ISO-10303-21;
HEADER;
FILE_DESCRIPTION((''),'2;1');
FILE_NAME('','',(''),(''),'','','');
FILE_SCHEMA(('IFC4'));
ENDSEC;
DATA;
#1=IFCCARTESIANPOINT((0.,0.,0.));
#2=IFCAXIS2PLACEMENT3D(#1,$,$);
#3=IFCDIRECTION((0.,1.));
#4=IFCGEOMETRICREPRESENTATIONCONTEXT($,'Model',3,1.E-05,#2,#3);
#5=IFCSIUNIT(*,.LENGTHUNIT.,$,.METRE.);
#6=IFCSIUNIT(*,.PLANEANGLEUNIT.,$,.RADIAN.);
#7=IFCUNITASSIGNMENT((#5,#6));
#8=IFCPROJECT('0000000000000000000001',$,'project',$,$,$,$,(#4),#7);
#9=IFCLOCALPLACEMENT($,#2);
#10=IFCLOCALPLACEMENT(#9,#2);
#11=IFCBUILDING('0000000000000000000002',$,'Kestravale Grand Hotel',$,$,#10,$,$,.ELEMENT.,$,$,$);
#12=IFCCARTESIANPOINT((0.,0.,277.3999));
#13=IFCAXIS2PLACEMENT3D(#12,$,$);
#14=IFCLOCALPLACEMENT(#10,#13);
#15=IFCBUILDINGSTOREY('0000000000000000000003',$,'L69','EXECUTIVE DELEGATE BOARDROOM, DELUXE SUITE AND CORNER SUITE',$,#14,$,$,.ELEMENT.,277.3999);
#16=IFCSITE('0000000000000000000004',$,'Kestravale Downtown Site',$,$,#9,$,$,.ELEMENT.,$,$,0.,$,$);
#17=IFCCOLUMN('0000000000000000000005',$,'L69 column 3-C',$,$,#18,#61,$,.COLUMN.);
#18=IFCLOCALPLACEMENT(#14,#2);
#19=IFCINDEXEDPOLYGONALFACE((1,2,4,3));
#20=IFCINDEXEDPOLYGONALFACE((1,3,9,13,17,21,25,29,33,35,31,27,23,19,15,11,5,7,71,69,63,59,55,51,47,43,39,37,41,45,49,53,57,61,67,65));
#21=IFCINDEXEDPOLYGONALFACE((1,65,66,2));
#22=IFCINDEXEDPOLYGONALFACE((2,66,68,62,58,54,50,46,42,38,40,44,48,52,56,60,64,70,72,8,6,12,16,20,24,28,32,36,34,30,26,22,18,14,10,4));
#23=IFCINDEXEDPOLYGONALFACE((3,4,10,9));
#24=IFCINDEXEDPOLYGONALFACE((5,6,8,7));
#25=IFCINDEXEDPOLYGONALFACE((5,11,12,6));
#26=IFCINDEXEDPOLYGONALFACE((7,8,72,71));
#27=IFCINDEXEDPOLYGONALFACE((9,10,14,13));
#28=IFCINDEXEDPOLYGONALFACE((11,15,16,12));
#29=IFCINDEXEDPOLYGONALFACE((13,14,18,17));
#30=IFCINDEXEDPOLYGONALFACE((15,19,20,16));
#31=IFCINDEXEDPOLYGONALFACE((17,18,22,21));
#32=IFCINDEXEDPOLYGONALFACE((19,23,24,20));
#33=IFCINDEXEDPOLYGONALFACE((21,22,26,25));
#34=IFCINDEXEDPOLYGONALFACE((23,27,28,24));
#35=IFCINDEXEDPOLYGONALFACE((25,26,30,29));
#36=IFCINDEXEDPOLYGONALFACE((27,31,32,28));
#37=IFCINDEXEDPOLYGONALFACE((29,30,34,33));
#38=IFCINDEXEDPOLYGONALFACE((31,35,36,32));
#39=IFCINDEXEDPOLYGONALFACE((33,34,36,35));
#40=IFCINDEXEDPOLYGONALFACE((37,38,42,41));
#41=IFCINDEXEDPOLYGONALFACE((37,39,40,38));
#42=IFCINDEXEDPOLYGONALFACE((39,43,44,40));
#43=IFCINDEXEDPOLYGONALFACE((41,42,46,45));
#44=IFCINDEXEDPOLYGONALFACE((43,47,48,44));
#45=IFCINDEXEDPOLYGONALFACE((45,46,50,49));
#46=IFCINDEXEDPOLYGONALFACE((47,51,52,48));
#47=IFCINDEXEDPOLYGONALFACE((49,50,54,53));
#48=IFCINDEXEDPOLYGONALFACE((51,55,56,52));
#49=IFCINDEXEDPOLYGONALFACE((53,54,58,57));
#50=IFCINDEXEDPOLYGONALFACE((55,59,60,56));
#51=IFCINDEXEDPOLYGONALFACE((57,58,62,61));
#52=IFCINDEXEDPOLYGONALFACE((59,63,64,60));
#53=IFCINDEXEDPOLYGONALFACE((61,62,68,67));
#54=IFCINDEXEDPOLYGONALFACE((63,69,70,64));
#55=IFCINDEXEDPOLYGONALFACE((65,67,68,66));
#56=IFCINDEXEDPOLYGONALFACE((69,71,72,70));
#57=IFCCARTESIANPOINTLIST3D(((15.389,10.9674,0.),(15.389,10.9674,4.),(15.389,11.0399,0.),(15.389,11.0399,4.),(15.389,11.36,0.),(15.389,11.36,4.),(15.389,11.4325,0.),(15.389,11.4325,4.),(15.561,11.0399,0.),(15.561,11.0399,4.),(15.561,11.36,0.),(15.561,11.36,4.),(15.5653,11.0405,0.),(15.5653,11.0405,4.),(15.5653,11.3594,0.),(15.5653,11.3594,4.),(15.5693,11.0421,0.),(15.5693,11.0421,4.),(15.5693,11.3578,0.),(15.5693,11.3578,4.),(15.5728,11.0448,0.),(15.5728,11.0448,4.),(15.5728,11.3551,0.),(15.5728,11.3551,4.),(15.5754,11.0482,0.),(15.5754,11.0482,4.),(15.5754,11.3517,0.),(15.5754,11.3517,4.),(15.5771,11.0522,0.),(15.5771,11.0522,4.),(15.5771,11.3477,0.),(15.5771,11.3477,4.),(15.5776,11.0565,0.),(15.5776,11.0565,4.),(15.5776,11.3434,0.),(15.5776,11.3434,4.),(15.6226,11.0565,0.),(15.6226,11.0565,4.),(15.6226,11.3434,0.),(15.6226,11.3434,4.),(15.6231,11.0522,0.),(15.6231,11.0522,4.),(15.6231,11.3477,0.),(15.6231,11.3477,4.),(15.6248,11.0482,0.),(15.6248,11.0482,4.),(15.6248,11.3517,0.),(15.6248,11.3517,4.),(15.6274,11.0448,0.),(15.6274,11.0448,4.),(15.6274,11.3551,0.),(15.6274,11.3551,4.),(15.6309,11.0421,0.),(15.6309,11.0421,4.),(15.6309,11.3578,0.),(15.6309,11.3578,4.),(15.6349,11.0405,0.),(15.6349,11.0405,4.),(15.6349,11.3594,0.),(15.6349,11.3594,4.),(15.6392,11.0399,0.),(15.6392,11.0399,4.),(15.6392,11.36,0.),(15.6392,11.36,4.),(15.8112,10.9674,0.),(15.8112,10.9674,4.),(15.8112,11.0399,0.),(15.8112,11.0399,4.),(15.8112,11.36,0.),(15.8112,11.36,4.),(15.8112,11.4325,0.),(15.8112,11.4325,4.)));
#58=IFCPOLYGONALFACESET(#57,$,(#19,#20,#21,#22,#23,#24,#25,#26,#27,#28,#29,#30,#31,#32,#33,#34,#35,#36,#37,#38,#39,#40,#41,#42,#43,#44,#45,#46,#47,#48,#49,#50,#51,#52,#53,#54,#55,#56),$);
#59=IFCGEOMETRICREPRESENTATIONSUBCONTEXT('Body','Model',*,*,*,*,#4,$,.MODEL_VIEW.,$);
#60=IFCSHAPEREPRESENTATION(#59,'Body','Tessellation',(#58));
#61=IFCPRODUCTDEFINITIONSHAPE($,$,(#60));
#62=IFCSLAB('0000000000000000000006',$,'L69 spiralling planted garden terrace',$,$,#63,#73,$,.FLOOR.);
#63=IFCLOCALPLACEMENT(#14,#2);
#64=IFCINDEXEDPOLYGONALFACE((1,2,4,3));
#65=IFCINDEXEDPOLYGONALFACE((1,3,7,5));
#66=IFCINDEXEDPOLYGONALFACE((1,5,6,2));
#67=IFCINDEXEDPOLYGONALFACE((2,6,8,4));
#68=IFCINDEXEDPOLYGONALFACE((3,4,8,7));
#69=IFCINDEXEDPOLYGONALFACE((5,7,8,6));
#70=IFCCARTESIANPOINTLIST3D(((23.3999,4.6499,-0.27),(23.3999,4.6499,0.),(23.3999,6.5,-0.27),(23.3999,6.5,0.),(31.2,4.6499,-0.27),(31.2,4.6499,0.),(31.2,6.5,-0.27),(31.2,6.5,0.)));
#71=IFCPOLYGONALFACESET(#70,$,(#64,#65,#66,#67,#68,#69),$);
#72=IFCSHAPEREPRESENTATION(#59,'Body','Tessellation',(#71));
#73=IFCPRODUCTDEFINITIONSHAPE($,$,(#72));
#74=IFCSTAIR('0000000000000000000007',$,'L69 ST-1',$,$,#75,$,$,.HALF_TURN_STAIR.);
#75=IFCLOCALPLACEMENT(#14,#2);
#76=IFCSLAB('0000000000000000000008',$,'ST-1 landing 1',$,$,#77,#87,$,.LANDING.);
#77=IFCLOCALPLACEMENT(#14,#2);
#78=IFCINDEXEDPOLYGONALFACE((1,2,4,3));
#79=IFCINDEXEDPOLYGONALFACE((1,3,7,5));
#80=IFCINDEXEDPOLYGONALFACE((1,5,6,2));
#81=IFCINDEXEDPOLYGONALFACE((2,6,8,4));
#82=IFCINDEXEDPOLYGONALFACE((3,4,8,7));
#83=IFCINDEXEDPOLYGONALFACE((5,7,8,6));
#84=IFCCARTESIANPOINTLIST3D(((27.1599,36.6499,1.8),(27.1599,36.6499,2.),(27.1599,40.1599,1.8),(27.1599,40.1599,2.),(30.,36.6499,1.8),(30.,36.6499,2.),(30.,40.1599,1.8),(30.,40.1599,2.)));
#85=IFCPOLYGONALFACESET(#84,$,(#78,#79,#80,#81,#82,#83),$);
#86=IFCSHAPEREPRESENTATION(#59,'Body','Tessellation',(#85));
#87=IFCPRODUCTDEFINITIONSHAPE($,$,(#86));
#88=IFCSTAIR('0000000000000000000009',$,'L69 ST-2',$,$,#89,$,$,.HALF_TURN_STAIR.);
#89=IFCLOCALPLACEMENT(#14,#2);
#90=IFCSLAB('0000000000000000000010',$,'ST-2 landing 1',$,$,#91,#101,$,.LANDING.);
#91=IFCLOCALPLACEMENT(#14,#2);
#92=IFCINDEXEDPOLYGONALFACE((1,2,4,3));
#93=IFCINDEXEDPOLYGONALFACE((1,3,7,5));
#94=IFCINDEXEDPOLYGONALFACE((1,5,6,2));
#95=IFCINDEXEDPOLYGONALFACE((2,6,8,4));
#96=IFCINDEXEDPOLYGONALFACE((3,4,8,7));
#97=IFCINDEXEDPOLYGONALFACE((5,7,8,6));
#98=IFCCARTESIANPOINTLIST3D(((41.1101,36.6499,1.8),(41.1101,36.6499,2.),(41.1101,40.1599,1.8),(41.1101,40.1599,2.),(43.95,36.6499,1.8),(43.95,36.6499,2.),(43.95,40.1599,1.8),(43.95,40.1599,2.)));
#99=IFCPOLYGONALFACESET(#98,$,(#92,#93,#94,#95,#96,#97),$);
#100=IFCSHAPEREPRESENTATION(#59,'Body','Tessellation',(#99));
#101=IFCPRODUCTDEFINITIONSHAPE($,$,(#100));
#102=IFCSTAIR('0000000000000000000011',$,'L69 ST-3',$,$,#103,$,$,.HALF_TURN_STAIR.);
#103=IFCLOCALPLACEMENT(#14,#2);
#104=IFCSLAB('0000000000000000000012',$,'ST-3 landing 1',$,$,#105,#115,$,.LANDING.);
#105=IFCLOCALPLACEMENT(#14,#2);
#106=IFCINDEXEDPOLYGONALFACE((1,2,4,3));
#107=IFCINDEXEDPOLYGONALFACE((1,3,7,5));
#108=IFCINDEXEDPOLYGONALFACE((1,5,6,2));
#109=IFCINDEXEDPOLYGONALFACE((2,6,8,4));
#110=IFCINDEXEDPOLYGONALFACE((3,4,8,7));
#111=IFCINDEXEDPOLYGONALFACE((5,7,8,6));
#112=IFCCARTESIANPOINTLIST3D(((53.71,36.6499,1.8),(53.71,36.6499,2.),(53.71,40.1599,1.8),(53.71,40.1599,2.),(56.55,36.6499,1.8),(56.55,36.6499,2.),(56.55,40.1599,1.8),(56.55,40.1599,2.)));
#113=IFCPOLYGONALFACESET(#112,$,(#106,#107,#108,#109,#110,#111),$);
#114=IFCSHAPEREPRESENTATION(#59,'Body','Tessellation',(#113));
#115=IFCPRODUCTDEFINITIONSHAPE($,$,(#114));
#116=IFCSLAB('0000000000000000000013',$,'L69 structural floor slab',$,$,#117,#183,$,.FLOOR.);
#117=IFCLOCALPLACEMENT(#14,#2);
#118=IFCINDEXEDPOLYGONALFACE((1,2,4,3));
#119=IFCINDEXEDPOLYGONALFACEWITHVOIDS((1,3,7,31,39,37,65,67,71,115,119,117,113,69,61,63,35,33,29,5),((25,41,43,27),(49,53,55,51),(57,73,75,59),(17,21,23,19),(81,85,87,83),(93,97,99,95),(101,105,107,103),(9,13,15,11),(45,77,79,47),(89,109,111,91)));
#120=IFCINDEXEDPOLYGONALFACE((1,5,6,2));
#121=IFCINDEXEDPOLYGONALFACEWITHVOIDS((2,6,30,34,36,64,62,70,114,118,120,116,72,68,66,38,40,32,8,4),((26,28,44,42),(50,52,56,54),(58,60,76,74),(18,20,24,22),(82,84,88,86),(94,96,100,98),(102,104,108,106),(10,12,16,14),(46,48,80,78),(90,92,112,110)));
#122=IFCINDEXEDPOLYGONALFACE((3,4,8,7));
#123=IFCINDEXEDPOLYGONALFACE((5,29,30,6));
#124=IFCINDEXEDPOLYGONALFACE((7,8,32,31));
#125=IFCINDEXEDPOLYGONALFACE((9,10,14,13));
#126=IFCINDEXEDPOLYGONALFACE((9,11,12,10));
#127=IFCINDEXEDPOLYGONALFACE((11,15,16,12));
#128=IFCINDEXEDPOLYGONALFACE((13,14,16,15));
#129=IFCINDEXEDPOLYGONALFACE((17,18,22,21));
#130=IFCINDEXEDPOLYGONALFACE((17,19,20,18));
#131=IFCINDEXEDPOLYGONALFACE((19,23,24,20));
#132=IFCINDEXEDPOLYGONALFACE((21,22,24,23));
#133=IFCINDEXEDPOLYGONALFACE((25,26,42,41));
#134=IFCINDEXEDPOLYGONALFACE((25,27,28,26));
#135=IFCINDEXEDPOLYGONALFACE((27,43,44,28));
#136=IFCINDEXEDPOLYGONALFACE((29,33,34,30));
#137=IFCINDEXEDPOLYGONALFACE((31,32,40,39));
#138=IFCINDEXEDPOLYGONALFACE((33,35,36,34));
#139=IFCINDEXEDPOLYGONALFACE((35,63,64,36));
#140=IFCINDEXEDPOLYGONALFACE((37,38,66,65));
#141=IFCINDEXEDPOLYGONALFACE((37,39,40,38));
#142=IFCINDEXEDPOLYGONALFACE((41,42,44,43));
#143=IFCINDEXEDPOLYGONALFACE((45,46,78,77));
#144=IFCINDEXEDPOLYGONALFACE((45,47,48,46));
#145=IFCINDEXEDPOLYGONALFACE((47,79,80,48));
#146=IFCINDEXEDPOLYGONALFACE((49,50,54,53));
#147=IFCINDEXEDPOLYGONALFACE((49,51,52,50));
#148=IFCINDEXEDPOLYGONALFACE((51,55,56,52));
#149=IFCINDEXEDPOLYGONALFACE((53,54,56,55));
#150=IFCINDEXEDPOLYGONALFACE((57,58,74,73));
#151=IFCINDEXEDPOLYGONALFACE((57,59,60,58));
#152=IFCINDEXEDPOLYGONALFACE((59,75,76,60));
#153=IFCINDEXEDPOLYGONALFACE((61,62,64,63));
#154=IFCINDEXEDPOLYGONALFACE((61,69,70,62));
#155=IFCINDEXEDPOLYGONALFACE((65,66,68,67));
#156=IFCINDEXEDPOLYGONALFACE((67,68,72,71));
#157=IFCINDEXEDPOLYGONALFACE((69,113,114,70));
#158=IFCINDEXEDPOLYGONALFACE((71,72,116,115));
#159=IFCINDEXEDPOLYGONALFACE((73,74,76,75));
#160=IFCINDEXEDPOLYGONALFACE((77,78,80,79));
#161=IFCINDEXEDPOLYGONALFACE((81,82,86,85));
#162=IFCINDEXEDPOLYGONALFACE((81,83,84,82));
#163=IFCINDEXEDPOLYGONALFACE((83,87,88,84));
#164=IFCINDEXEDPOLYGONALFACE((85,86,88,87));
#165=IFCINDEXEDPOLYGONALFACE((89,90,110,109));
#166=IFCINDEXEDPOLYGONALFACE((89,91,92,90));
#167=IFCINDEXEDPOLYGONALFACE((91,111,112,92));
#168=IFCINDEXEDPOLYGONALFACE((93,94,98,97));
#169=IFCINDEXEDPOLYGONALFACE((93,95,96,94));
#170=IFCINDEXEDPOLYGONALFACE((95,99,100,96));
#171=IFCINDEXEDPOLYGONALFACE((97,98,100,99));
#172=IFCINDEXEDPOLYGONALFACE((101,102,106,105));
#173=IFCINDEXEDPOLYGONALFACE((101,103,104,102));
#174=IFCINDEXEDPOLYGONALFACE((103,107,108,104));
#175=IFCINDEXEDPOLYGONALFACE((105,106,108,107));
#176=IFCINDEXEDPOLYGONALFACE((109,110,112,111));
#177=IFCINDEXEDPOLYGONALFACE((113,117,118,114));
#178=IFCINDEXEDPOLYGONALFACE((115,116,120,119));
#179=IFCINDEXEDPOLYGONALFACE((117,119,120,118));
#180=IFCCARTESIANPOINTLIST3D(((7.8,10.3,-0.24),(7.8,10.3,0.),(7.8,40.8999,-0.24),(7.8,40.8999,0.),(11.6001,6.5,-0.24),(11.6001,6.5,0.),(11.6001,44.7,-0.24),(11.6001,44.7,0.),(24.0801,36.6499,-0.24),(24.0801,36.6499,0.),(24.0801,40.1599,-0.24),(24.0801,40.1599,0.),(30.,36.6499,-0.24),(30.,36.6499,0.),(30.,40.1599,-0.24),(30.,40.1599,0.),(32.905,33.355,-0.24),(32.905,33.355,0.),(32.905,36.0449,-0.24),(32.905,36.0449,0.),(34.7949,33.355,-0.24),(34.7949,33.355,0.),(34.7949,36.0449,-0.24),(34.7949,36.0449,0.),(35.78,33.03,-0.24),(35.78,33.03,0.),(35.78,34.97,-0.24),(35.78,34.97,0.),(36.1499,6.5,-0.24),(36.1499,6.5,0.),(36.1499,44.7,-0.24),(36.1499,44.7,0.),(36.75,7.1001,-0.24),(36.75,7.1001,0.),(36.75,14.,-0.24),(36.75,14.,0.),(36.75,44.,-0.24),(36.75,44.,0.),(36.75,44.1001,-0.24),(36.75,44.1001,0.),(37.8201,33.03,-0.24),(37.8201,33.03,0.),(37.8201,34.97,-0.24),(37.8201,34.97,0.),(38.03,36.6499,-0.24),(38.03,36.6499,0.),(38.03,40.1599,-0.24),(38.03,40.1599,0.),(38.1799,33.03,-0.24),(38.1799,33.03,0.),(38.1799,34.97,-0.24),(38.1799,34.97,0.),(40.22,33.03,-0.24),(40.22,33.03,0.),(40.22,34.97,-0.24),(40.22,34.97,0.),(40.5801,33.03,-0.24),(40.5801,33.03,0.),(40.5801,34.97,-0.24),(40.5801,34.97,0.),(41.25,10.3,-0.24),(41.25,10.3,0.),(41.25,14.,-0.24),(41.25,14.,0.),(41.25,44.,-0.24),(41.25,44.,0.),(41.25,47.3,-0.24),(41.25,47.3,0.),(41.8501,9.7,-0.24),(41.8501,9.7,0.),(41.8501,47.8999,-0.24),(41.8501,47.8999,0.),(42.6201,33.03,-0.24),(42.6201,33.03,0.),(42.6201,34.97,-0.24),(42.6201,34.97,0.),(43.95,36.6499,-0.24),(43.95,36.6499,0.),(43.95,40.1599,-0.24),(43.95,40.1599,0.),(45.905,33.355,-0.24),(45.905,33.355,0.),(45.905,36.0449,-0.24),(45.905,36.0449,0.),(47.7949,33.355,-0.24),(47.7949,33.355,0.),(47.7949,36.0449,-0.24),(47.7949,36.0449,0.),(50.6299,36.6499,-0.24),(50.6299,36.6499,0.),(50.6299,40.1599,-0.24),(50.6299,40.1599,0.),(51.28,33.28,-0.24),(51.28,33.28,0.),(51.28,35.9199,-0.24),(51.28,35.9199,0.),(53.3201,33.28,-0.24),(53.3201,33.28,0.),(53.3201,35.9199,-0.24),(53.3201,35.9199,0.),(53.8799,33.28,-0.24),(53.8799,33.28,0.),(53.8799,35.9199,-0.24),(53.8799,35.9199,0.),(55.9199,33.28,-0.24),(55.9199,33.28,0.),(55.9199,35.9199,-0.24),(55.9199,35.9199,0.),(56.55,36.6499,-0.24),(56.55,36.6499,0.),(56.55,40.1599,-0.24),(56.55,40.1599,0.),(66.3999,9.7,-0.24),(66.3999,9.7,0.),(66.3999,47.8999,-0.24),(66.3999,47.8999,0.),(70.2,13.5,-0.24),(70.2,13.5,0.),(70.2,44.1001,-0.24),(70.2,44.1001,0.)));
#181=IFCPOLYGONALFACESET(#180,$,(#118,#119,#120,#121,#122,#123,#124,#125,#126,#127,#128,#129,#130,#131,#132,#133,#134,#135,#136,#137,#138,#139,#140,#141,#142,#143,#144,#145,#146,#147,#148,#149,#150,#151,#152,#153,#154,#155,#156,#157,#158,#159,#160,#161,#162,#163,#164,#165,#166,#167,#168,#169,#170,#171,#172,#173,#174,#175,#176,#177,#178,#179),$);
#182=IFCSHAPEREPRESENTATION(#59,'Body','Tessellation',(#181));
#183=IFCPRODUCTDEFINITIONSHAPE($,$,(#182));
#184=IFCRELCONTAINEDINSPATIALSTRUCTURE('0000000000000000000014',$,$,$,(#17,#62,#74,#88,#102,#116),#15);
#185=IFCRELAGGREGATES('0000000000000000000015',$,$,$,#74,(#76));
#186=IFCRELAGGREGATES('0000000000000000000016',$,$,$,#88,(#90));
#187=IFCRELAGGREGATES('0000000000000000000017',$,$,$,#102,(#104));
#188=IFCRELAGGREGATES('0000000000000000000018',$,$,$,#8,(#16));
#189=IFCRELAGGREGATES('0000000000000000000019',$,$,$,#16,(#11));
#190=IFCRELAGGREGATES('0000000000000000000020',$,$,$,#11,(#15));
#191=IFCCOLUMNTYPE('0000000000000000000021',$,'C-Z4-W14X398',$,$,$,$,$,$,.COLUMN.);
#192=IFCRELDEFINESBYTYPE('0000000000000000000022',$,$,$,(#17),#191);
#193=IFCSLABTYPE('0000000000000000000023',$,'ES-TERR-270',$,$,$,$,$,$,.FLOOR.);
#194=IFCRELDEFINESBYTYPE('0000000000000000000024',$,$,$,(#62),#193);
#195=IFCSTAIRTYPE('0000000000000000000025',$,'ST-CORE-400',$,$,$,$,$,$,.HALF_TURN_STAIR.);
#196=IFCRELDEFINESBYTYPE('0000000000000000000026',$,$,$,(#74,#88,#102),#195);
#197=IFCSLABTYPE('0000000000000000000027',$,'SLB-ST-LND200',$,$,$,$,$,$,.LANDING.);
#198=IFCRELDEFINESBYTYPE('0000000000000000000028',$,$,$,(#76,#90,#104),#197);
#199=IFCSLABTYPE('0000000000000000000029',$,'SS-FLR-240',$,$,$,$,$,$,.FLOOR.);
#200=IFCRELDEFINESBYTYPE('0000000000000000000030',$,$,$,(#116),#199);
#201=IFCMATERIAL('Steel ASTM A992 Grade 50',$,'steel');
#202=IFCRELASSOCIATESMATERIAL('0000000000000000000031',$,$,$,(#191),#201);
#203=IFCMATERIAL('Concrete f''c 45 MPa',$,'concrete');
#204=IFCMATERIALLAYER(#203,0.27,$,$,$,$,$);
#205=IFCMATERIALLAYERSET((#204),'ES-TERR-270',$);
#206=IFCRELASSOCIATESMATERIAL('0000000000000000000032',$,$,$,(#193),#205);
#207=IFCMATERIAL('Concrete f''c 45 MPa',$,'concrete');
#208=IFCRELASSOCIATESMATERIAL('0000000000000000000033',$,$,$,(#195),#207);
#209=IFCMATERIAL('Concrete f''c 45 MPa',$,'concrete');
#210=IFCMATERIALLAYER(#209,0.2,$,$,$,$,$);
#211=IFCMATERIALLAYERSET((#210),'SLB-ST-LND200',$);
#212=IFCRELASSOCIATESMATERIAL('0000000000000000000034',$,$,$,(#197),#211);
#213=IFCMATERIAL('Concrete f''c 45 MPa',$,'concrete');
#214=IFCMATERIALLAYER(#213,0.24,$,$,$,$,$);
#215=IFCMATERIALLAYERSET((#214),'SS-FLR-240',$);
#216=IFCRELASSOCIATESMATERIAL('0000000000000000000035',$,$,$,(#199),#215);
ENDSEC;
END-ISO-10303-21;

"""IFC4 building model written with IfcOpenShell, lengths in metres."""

from ifc_helpers import new_model, si_unit, direction, frame, origin, origin_2d, place, context, subcontext, project, spatial, polyline, i_section, outline, extrude, material, layer, layer_set, material_profile, profile_set, type_object, element, aggregate, save


model = new_model("IFC4")

# Units and contexts
model_context = context("Model", 3, precision=1e-05, world=origin(), true_north=direction((0.0, 1.0)))
body_context = subcontext(model_context, "Body", "Model", "MODEL_VIEW")
ifc_project = project(units=[si_unit("LENGTHUNIT", "METRE"), si_unit("PLANEANGLEUNIT", "RADIAN")], contexts=[model_context])

# Site, building, storey
site_placement = place(None, origin())
site = spatial("IfcSite", under=ifc_project, at=site_placement, Name="Kestravale Downtown Site", CompositionType="ELEMENT", RefElevation=0.0)
building_placement = place(site_placement, origin())
building = spatial("IfcBuilding", under=site, at=building_placement, Name="Kestravale Grand Hotel", CompositionType="ELEMENT")
storey_placement = place(building_placement, frame((0.0, 0.0, 277.3999)))
storey = spatial("IfcBuildingStorey", under=building, at=storey_placement, Name="L69", Description="EXECUTIVE DELEGATE BOARDROOM, DELUXE SUITE AND CORNER SUITE", CompositionType="ELEMENT", Elevation=277.3999)

# Column
ifc_material_1 = material(Name="Steel ASTM A992 Grade 50", Category="steel")
ifc_material_profile = material_profile(ifc_material_1, i_section(OverallWidth=0.4221, OverallDepth=0.4651, WebThickness=0.0449, FlangeThickness=0.0725, FilletRadius=0.0166, at=origin_2d()))
ifc_profile_set = profile_set([ifc_material_profile], Name="Steel ASTM A992 Grade 50")
column_type = type_object("IfcColumnType", Name="C-Z4-W14X398", PredefinedType="COLUMN", material=ifc_profile_set)
column_placement = place(storey_placement, frame((15.6001, 11.2, 0.0), z_axis=(0.0, 0.0, 1.0), x_axis=(1.0, 0.0, 0.0)))
element("IfcColumn", 1, at=column_placement, inside=storey, type_object=column_type, Name="L69 column 3-C", PredefinedType="COLUMN", context=body_context, shape_type="SweptSolid", body=[
    extrude(i_section(OverallWidth=0.4221, OverallDepth=0.4651, WebThickness=0.0449, FlangeThickness=0.0725, FilletRadius=0.0166, at=origin_2d()), origin(), (0.0, 0.0, 1.0), 4.0),
])

# Slab
ifc_material_2 = material(Name="Concrete f'c 45 MPa", Category="concrete")
ifc_layer_1 = layer(ifc_material_2, 0.27)
ifc_layer_set_1 = layer_set([ifc_layer_1], Name="ES-TERR-270")
slab_type_1 = type_object("IfcSlabType", Name="ES-TERR-270", PredefinedType="FLOOR", material=ifc_layer_set_1)
slab_1_placement = place(storey_placement, frame((0.0, 0.0, -0.27)))
element("IfcSlab", 2, at=slab_1_placement, inside=storey, type_object=slab_type_1, Name="L69 spiralling planted garden terrace", PredefinedType="FLOOR", context=body_context, shape_type="SweptSolid", body=[
    extrude(outline(polyline([(23.3999, 4.6499), (31.2, 4.6499), (31.2, 6.5), (23.3999, 6.5), (23.3999, 4.6499)])), origin(), (0.0, 0.0, 1.0), 0.27),
])

# Stairs, slabs
ifc_material_3 = material(Name="Concrete f'c 45 MPa", Category="concrete")
stair_type = type_object("IfcStairType", Name="ST-CORE-400", PredefinedType="HALF_TURN_STAIR", material=ifc_material_3)
stair_1_placement = place(storey_placement, origin())
stair_1 = element("IfcStair", 3, at=stair_1_placement, inside=storey, type_object=stair_type, Name="L69 ST-1", PredefinedType="HALF_TURN_STAIR")
ifc_material_4 = material(Name="Concrete f'c 45 MPa", Category="concrete")
ifc_layer_2 = layer(ifc_material_4, 0.2)
ifc_layer_set_2 = layer_set([ifc_layer_2], Name="SLB-ST-LND200")
slab_type_2 = type_object("IfcSlabType", Name="SLB-ST-LND200", PredefinedType="LANDING", material=ifc_layer_set_2)
slab_2_placement = place(storey_placement, frame((0.0, 0.0, 1.8)))
slab_2 = element("IfcSlab", 4, at=slab_2_placement, type_object=slab_type_2, Name="ST-1 landing 1", PredefinedType="LANDING", context=body_context, shape_type="SweptSolid", body=[
    extrude(outline(polyline([(27.1599, 36.6499), (30.0, 36.6499), (30.0, 40.1599), (27.1599, 40.1599), (27.1599, 36.6499)])), origin(), (0.0, 0.0, 1.0), 0.2),
])
aggregate(stair_1, [slab_2])
stair_2_placement = place(storey_placement, origin())
stair_2 = element("IfcStair", 5, at=stair_2_placement, inside=storey, type_object=stair_type, Name="L69 ST-2", PredefinedType="HALF_TURN_STAIR")
slab_3_placement = place(storey_placement, frame((0.0, 0.0, 1.8)))
slab_3 = element("IfcSlab", 6, at=slab_3_placement, type_object=slab_type_2, Name="ST-2 landing 1", PredefinedType="LANDING", context=body_context, shape_type="SweptSolid", body=[
    extrude(outline(polyline([(41.1101, 36.6499), (43.95, 36.6499), (43.95, 40.1599), (41.1101, 40.1599), (41.1101, 36.6499)])), origin(), (0.0, 0.0, 1.0), 0.2),
])
aggregate(stair_2, [slab_3])
stair_3_placement = place(storey_placement, origin())
stair_3 = element("IfcStair", 7, at=stair_3_placement, inside=storey, type_object=stair_type, Name="L69 ST-3", PredefinedType="HALF_TURN_STAIR")
slab_4_placement = place(storey_placement, frame((0.0, 0.0, 1.8)))
slab_4 = element("IfcSlab", 8, at=slab_4_placement, type_object=slab_type_2, Name="ST-3 landing 1", PredefinedType="LANDING", context=body_context, shape_type="SweptSolid", body=[
    extrude(outline(polyline([(53.71, 36.6499), (56.55, 36.6499), (56.55, 40.1599), (53.71, 40.1599), (53.71, 36.6499)])), origin(), (0.0, 0.0, 1.0), 0.2),
])
aggregate(stair_3, [slab_4])

# Slab
ifc_material_5 = material(Name="Concrete f'c 45 MPa", Category="concrete")
ifc_layer_3 = layer(ifc_material_5, 0.24)
ifc_layer_set_3 = layer_set([ifc_layer_3], Name="SS-FLR-240")
slab_type_3 = type_object("IfcSlabType", Name="SS-FLR-240", PredefinedType="FLOOR", material=ifc_layer_set_3)
slab_5_placement = place(storey_placement, frame((0.0, 0.0, -0.24)))
element("IfcSlab", 9, at=slab_5_placement, inside=storey, type_object=slab_type_3, Name="L69 structural floor slab", PredefinedType="FLOOR", context=body_context, shape_type="SweptSolid", body=[
    extrude(outline(polyline([(11.6001, 6.5), (36.1499, 6.5), (36.75, 7.1001), (36.75, 14.0), (41.25, 14.0), (41.25, 10.3), (41.8501, 9.7), (66.3999, 9.7), (70.2, 13.5), (70.2, 44.1001), (66.3999, 47.8999), (41.8501, 47.8999), (41.25, 47.3), (41.25, 44.0), (36.75, 44.0), (36.75, 44.1001), (36.1499, 44.7), (11.6001, 44.7), (7.8, 40.8999), (7.8, 10.3), (11.6001, 6.5)]), holes=[polyline([(24.0801, 36.6499), (30.0, 36.6499), (30.0, 40.1599), (24.0801, 40.1599), (24.0801, 36.6499)]), polyline([(38.03, 36.6499), (43.95, 36.6499), (43.95, 40.1599), (38.03, 40.1599), (38.03, 36.6499)]), polyline([(50.6299, 36.6499), (56.55, 36.6499), (56.55, 40.1599), (50.6299, 40.1599), (50.6299, 36.6499)]), polyline([(35.78, 33.03), (37.8201, 33.03), (37.8201, 34.97), (35.78, 34.97), (35.78, 33.03)]), polyline([(38.1799, 33.03), (40.22, 33.03), (40.22, 34.97), (38.1799, 34.97), (38.1799, 33.03)]), polyline([(40.5801, 33.03), (42.6201, 33.03), (42.6201, 34.97), (40.5801, 34.97), (40.5801, 33.03)]), polyline([(32.905, 33.355), (34.7949, 33.355), (34.7949, 36.0449), (32.905, 36.0449), (32.905, 33.355)]), polyline([(45.905, 33.355), (47.7949, 33.355), (47.7949, 36.0449), (45.905, 36.0449), (45.905, 33.355)]), polyline([(51.28, 33.28), (53.3201, 33.28), (53.3201, 35.9199), (51.28, 35.9199), (51.28, 33.28)]), polyline([(53.8799, 33.28), (55.9199, 33.28), (55.9199, 35.9199), (53.8799, 35.9199), (53.8799, 33.28)])]), origin(), (0.0, 0.0, 1.0), 0.24),
])

save(model, "model.ifc")
